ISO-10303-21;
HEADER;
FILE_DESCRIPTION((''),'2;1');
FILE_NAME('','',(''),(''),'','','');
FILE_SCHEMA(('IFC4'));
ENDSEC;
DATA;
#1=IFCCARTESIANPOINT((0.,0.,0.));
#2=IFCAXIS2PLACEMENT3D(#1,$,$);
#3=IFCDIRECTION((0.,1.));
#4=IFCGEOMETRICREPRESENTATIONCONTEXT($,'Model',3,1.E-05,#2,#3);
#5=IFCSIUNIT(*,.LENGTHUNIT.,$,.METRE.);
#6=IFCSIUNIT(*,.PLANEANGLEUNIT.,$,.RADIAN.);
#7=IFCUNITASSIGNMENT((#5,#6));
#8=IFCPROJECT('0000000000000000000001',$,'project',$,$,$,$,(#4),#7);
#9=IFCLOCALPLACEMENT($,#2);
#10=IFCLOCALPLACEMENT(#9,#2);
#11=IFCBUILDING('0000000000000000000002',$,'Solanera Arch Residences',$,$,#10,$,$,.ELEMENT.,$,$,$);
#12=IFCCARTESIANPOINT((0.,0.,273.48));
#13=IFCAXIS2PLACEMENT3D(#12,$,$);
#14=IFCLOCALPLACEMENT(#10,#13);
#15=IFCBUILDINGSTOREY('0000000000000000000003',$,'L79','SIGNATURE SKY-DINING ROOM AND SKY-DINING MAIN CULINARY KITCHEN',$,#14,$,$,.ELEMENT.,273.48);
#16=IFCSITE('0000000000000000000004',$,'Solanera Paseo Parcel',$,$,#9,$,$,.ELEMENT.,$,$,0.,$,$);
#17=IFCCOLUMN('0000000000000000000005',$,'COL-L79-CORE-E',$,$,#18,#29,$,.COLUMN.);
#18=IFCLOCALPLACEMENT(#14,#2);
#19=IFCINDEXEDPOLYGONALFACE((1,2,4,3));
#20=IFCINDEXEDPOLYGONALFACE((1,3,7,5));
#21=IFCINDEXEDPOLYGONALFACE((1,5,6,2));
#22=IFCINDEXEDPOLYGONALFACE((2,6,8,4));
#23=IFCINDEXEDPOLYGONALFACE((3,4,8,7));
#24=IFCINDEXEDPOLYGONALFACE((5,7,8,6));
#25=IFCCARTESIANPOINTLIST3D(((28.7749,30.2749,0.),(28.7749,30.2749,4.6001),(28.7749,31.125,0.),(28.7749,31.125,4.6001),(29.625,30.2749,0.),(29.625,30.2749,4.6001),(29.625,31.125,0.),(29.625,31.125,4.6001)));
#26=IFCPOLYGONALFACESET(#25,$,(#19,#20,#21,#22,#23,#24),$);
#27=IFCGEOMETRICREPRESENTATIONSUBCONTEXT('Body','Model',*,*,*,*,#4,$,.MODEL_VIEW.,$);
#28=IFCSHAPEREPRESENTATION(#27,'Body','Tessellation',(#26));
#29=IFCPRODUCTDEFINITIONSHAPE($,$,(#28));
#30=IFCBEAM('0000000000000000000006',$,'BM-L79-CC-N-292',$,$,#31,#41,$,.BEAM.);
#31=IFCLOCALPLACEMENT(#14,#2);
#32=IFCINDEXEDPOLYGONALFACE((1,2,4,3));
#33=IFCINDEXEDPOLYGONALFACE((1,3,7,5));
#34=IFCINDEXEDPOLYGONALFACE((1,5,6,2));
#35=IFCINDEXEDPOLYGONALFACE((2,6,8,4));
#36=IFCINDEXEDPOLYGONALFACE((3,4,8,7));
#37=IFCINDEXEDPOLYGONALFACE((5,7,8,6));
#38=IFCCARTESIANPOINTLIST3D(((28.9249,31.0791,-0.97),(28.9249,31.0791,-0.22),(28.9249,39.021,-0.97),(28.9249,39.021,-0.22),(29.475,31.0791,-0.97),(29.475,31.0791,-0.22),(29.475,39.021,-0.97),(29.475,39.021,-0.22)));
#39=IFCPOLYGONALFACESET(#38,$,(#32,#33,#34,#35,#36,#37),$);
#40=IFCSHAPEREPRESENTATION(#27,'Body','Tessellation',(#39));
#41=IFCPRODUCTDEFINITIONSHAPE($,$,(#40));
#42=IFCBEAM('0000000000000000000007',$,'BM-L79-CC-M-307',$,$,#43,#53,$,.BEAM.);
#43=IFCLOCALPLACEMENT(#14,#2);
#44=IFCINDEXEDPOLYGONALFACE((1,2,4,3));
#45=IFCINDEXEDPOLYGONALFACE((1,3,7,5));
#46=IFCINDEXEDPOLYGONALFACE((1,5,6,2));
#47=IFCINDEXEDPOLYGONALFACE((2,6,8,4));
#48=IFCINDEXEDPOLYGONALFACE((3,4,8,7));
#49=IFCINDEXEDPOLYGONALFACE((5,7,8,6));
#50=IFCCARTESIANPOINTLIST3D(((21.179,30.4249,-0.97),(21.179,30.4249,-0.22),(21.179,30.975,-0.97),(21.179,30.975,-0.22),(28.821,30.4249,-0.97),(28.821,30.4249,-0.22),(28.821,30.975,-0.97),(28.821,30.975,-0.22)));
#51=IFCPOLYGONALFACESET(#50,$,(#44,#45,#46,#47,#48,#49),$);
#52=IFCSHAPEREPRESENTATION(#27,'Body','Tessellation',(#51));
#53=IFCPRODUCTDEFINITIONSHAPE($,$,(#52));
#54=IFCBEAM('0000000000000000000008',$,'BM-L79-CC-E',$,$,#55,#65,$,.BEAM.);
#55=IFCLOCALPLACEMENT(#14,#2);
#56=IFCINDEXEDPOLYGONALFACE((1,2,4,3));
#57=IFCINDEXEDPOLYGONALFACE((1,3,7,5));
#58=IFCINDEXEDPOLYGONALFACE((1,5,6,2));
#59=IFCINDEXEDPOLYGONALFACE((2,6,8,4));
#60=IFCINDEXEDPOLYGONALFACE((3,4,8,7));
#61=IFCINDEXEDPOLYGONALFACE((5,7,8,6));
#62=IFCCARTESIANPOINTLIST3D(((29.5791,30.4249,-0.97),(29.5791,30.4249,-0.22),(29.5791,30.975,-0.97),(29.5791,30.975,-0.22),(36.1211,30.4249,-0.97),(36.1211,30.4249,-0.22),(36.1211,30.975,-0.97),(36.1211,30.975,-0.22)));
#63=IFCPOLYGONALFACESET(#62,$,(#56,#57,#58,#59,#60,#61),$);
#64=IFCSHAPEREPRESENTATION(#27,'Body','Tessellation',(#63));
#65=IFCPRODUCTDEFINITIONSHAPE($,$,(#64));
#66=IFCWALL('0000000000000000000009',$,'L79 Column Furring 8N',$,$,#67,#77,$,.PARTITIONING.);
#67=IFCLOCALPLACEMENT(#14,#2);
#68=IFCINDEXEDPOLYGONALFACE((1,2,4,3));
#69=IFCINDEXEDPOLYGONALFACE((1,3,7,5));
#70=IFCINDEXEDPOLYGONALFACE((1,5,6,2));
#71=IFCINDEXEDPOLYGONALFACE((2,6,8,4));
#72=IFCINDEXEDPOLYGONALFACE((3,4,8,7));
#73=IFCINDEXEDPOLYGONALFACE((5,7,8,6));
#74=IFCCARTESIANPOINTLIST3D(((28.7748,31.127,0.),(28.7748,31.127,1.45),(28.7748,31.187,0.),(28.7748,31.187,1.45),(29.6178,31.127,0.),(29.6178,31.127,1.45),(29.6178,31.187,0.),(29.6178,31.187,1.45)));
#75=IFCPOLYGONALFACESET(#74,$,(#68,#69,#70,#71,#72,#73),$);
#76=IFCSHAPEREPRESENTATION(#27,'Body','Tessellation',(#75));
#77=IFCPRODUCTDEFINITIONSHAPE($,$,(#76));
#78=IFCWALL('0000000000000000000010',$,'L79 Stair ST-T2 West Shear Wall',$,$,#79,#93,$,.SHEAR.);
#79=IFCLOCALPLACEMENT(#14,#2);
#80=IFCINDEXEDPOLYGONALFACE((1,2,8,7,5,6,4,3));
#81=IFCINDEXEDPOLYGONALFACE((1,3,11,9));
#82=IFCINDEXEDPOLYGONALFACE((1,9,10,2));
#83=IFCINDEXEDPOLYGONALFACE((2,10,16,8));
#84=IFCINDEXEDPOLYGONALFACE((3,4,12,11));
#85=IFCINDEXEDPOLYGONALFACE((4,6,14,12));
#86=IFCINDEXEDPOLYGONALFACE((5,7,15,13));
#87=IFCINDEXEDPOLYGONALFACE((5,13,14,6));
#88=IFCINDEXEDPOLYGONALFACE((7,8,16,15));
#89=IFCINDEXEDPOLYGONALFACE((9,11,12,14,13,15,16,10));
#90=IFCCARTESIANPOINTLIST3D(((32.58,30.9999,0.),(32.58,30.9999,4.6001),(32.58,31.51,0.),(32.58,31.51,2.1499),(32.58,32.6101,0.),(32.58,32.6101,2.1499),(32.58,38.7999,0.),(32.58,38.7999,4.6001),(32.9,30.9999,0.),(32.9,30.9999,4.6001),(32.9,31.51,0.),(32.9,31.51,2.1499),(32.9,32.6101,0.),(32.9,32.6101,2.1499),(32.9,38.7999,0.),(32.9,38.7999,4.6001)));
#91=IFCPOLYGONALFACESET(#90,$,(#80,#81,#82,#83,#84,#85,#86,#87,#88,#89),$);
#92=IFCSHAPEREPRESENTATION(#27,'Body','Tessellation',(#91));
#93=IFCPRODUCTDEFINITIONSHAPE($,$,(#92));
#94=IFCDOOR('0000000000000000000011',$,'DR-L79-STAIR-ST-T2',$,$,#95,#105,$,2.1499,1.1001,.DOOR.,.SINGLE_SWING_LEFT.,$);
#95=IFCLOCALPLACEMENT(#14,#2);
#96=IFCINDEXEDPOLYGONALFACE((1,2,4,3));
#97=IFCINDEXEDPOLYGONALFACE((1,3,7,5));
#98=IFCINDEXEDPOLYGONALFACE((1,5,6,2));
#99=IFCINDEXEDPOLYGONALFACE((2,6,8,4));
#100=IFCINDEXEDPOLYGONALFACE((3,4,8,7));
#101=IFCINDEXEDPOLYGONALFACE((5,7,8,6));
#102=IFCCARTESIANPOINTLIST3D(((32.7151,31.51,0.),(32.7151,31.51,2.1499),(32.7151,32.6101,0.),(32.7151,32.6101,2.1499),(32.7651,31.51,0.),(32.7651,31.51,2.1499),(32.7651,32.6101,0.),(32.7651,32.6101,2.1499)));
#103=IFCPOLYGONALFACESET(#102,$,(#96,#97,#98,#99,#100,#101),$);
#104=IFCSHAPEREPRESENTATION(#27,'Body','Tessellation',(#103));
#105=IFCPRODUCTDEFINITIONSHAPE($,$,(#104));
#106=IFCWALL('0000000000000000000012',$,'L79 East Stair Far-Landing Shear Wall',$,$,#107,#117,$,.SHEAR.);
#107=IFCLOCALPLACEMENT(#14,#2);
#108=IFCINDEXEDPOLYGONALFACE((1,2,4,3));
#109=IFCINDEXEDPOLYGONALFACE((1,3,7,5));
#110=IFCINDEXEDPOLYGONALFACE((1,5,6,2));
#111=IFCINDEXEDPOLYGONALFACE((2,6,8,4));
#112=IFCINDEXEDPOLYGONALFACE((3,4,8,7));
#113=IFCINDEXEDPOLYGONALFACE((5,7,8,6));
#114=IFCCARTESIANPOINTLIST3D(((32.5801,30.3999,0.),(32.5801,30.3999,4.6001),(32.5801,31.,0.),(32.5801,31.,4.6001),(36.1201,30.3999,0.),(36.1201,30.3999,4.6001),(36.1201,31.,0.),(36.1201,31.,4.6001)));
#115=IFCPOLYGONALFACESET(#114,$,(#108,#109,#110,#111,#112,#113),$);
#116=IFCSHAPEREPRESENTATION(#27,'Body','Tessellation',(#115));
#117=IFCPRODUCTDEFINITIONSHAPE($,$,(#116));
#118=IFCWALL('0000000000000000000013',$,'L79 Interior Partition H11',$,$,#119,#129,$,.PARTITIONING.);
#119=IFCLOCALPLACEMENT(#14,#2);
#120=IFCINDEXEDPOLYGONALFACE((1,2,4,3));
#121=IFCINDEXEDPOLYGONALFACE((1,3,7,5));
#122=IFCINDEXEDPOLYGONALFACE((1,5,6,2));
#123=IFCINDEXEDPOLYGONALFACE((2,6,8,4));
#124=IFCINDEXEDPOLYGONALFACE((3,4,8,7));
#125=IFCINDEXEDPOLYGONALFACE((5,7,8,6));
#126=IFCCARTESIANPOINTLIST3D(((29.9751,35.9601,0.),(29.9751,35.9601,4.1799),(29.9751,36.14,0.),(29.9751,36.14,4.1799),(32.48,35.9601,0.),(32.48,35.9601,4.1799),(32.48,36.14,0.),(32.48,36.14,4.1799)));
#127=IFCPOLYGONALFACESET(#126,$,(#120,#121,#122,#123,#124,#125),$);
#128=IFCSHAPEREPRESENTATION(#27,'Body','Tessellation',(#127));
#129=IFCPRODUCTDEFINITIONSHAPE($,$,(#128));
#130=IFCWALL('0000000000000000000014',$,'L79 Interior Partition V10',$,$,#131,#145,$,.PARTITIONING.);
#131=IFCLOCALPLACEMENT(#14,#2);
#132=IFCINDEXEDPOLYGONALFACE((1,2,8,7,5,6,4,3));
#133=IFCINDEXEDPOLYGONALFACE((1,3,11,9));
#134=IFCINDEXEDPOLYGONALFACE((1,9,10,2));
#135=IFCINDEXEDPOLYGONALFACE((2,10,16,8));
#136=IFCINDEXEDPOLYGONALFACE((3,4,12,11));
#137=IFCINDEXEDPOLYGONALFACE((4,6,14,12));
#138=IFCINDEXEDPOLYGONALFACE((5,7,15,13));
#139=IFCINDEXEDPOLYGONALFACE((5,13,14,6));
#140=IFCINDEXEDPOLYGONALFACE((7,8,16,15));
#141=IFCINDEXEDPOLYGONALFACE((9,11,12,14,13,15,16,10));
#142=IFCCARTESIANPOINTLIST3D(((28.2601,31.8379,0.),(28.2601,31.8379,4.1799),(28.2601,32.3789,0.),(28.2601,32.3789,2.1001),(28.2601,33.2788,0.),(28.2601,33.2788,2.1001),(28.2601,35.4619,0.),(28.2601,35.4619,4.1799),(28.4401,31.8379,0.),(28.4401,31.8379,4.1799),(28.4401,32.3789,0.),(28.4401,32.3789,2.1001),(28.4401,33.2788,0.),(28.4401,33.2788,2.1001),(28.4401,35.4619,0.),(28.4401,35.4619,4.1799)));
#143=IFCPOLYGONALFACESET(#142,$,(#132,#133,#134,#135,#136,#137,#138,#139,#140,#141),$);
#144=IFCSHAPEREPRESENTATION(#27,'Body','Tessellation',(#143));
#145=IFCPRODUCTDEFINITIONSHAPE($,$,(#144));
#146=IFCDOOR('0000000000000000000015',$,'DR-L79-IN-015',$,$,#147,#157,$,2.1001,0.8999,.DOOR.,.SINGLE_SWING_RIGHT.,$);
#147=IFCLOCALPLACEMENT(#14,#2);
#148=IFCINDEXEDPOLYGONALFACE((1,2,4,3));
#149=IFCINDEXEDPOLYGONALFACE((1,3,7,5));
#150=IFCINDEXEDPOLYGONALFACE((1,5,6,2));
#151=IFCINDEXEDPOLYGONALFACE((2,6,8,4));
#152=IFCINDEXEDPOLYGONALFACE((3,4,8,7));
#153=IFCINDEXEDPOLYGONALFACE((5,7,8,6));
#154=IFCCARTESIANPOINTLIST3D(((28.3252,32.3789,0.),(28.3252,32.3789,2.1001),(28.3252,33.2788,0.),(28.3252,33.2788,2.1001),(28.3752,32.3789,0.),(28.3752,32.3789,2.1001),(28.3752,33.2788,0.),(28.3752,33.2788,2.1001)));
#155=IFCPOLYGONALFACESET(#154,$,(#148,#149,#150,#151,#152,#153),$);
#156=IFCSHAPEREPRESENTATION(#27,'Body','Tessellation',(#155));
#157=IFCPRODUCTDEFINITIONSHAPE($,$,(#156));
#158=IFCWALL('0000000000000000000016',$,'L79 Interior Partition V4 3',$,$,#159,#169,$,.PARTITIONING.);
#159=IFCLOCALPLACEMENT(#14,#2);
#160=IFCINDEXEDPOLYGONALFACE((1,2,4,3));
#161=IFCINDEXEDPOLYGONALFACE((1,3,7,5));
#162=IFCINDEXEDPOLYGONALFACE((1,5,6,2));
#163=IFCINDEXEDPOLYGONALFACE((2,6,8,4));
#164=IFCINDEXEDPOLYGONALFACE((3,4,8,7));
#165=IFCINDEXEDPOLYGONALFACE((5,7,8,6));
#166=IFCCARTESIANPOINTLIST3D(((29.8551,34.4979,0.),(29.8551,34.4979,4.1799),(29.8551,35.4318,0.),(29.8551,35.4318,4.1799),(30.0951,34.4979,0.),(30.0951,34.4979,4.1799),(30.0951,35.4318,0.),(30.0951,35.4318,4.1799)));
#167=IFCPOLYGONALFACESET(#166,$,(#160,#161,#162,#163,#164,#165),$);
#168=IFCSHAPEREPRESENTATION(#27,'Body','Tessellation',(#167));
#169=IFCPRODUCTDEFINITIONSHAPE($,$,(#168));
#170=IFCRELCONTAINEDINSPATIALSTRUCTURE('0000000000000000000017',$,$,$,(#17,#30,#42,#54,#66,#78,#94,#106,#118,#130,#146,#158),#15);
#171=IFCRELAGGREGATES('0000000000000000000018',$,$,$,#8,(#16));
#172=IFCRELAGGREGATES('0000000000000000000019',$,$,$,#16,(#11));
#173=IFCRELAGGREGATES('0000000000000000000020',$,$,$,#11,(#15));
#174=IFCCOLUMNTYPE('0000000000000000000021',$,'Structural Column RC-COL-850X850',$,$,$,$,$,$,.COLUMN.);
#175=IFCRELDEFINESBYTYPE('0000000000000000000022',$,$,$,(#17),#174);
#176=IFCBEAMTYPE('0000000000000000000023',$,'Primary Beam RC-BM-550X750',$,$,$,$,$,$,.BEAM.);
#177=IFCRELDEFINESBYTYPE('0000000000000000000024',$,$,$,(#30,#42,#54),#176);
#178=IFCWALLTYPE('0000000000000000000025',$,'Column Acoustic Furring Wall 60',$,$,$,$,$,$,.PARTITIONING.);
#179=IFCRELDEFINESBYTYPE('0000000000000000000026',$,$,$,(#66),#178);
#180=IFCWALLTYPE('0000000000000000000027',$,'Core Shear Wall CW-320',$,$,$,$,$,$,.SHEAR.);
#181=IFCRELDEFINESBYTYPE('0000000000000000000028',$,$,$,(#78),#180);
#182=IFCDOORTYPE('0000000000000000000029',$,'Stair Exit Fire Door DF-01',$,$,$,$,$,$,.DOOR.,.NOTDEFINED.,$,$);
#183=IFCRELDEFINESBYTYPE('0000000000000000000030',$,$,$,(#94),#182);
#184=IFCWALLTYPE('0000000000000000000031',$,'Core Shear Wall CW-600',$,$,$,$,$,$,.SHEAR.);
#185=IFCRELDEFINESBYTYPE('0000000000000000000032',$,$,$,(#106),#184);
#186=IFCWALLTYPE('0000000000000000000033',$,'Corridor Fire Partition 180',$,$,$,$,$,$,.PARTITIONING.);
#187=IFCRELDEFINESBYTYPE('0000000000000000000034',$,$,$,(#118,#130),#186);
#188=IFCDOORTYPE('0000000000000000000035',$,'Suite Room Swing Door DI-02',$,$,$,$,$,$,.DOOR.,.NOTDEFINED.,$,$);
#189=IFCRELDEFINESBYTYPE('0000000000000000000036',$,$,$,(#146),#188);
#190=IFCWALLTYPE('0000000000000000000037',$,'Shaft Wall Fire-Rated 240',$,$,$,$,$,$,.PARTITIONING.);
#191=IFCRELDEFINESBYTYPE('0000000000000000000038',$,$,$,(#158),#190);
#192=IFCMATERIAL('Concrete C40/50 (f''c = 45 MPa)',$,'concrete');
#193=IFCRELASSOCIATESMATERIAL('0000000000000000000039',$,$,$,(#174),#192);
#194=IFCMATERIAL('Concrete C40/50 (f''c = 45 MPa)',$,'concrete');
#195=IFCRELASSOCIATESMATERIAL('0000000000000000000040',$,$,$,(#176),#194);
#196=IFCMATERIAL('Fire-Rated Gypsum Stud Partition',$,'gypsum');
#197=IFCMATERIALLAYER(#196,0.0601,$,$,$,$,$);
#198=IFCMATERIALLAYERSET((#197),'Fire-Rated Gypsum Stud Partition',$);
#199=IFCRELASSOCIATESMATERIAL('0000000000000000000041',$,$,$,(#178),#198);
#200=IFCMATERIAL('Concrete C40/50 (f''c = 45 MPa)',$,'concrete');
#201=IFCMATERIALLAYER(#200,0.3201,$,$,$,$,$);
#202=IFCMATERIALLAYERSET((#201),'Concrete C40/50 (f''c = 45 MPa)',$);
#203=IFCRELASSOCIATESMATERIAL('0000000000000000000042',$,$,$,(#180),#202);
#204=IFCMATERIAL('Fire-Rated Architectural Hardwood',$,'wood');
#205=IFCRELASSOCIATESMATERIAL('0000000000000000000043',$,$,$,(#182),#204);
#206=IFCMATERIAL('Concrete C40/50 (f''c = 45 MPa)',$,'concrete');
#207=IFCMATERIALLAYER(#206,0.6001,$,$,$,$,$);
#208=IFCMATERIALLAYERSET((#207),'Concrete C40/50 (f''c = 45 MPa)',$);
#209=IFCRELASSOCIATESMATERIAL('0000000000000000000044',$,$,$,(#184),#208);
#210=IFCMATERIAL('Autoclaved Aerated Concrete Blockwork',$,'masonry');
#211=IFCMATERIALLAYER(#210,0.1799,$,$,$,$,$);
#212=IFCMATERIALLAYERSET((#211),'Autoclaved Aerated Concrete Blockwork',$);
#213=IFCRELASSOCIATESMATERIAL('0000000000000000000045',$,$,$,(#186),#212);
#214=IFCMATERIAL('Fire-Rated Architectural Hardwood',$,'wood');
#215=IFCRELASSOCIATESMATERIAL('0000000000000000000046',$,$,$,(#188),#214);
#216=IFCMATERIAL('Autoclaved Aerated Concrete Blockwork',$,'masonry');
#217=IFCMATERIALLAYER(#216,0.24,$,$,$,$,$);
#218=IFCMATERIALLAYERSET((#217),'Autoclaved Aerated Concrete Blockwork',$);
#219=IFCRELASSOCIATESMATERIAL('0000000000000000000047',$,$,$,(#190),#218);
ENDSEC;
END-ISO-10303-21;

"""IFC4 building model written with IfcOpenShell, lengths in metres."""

from ifc_helpers import new_model, si_unit, direction, frame, frame_2d, origin, origin_2d, place, context, subcontext, project, spatial, rectangle, extrude, material, layer, layer_set, material_profile, profile_set, type_object, element, fill, save


model = new_model("IFC4")

# Units and contexts
model_context = context("Model", 3, precision=1e-05, world=origin(), true_north=direction((0.0, 1.0)))
body_context = subcontext(model_context, "Body", "Model", "MODEL_VIEW")
ifc_project = project(units=[si_unit("LENGTHUNIT", "METRE"), si_unit("PLANEANGLEUNIT", "RADIAN")], contexts=[model_context])

# Site, building, storey
site_placement = place(None, origin())
site = spatial("IfcSite", under=ifc_project, at=site_placement, Name="Solanera Paseo Parcel", CompositionType="ELEMENT", RefElevation=0.0)
building_placement = place(site_placement, origin())
building = spatial("IfcBuilding", under=site, at=building_placement, Name="Solanera Arch Residences", CompositionType="ELEMENT")
storey_placement = place(building_placement, frame((0.0, 0.0, 273.48)))
storey = spatial("IfcBuildingStorey", under=building, at=storey_placement, Name="L79", Description="SIGNATURE SKY-DINING ROOM AND SKY-DINING MAIN CULINARY KITCHEN", CompositionType="ELEMENT", Elevation=273.48)

# Column
ifc_material_1 = material(Name="Concrete C40/50 (f'c = 45 MPa)", Category="concrete")
ifc_material_profile_1 = material_profile(ifc_material_1, rectangle(XDim=0.8501, YDim=0.8501, at=origin_2d()))
ifc_profile_set_1 = profile_set([ifc_material_profile_1], Name="Concrete C40/50 (f'c = 45 MPa)")
column_type = type_object("IfcColumnType", Name="Structural Column RC-COL-850X850", PredefinedType="COLUMN", material=ifc_profile_set_1)
column_placement = place(storey_placement, frame((29.2, 30.7, 0.0), z_axis=(0.0, 0.0, 1.0), x_axis=(1.0, 0.0, 0.0)))
element("IfcColumn", 1, at=column_placement, inside=storey, type_object=column_type, Name="COL-L79-CORE-E", PredefinedType="COLUMN", context=body_context, shape_type="SweptSolid", body=[
    extrude(rectangle(XDim=0.8501, YDim=0.8501, at=origin_2d()), origin(), (0.0, 0.0, 1.0), 4.6001),
])

# Beams
ifc_material_2 = material(Name="Concrete C40/50 (f'c = 45 MPa)", Category="concrete")
ifc_material_profile_2 = material_profile(ifc_material_2, rectangle(XDim=0.55, YDim=0.75, at=origin_2d()))
ifc_profile_set_2 = profile_set([ifc_material_profile_2], Name="Concrete C40/50 (f'c = 45 MPa)")
beam_type = type_object("IfcBeamType", Name="Primary Beam RC-BM-550X750", PredefinedType="BEAM", material=ifc_profile_set_2)
beam_1_placement = place(storey_placement, frame((29.2, 31.0791, -0.595), z_axis=(0.0, 1.0, 0.0), x_axis=(-1.0, 0.0, 0.0)))
element("IfcBeam", 2, at=beam_1_placement, inside=storey, type_object=beam_type, Name="BM-L79-CC-N-292", PredefinedType="BEAM", context=body_context, shape_type="SweptSolid", body=[
    extrude(rectangle(XDim=0.55, YDim=0.75, at=origin_2d()), origin(), (0.0, 0.0, 1.0), 7.9419),
])
beam_2_placement = place(storey_placement, frame((21.179, 30.7, -0.595), z_axis=(1.0, 0.0, 0.0), x_axis=(0.0, 1.0, 0.0)))
element("IfcBeam", 3, at=beam_2_placement, inside=storey, type_object=beam_type, Name="BM-L79-CC-M-307", PredefinedType="BEAM", context=body_context, shape_type="SweptSolid", body=[
    extrude(rectangle(XDim=0.55, YDim=0.75, at=origin_2d()), origin(), (0.0, 0.0, 1.0), 7.6421),
])
beam_3_placement = place(storey_placement, frame((29.5791, 30.7, -0.595), z_axis=(1.0, 0.0, 0.0), x_axis=(0.0, 1.0, 0.0)))
element("IfcBeam", 4, at=beam_3_placement, inside=storey, type_object=beam_type, Name="BM-L79-CC-E", PredefinedType="BEAM", context=body_context, shape_type="SweptSolid", body=[
    extrude(rectangle(XDim=0.55, YDim=0.75, at=origin_2d()), origin(), (0.0, 0.0, 1.0), 6.542),
])

# Wall
ifc_material_3 = material(Name="Fire-Rated Gypsum Stud Partition", Category="gypsum")
ifc_layer_1 = layer(ifc_material_3, 0.0601)
ifc_layer_set_1 = layer_set([ifc_layer_1], Name="Fire-Rated Gypsum Stud Partition")
wall_type_1 = type_object("IfcWallType", Name="Column Acoustic Furring Wall 60", PredefinedType="PARTITIONING", material=ifc_layer_set_1)
wall_1_placement = place(storey_placement, frame((28.7749, 31.157, 0.0), z_axis=(0.0, 0.0, 1.0), x_axis=(1.0, 0.0, 0.0)))
element("IfcWall", 5, at=wall_1_placement, inside=storey, type_object=wall_type_1, Name="L79 Column Furring 8N", PredefinedType="PARTITIONING", context=body_context, shape_type="SweptSolid", body=[
    extrude(rectangle(XDim=0.843, YDim=0.0601, at=frame_2d((0.4214, 0.0))), origin(), (0.0, 0.0, 1.0), 1.45),
])

# Wall, opening, door
ifc_material_4 = material(Name="Concrete C40/50 (f'c = 45 MPa)", Category="concrete")
ifc_layer_2 = layer(ifc_material_4, 0.3201)
ifc_layer_set_2 = layer_set([ifc_layer_2], Name="Concrete C40/50 (f'c = 45 MPa)")
wall_type_2 = type_object("IfcWallType", Name="Core Shear Wall CW-320", PredefinedType="SHEAR", material=ifc_layer_set_2)
wall_2_placement = place(storey_placement, frame((32.74, 31.0, 0.0), z_axis=(0.0, 0.0, 1.0), x_axis=(0.0, 1.0, 0.0)))
wall_2 = element("IfcWall", 6, at=wall_2_placement, inside=storey, type_object=wall_type_2, Name="L79 Stair ST-T2 West Shear Wall", PredefinedType="SHEAR", context=body_context, shape_type="SweptSolid", body=[
    extrude(rectangle(XDim=7.8, YDim=0.3201, at=frame_2d((3.8999, 0.0))), origin(), (0.0, 0.0, 1.0), 4.6001),
])
opening_1_placement = place(wall_2_placement, frame((0.51, 0.0, 0.0)))
opening_1 = element("IfcOpeningElement", 7, at=opening_1_placement, cuts=wall_2, PredefinedType="OPENING", context=body_context, shape_type="SweptSolid", body=[
    extrude(rectangle(XDim=1.1001, YDim=2.1499, at=frame_2d((0.55, 1.075))), frame((0.0, 0.1699, 0.0), z_axis=(0.0, -1.0, 0.0), x_axis=(1.0, 0.0, 0.0)), (0.0, 0.0, 1.0), 0.3401),
])
ifc_material_5 = material(Name="Fire-Rated Architectural Hardwood", Category="wood")
door_type_1 = type_object("IfcDoorType", Name="Stair Exit Fire Door DF-01", OperationType="NOTDEFINED", PredefinedType="DOOR", material=ifc_material_5)
door_1_placement = place(opening_1_placement, origin())
door_1 = element("IfcDoor", 8, at=door_1_placement, inside=storey, type_object=door_type_1, Name="DR-L79-STAIR-ST-T2", OperationType="SINGLE_SWING_LEFT", OverallHeight=2.1499, OverallWidth=1.1001, PredefinedType="DOOR", context=body_context, shape_type="SweptSolid", body=[
    extrude(rectangle(XDim=1.1001, YDim=2.1499, at=frame_2d((0.55, 1.075))), frame((0.0, 0.0249, 0.0), z_axis=(0.0, -1.0, 0.0), x_axis=(1.0, 0.0, 0.0)), (0.0, 0.0, 1.0), 0.05),
])
fill(opening_1, door_1)

# Walls
ifc_material_6 = material(Name="Concrete C40/50 (f'c = 45 MPa)", Category="concrete")
ifc_layer_3 = layer(ifc_material_6, 0.6001)
ifc_layer_set_3 = layer_set([ifc_layer_3], Name="Concrete C40/50 (f'c = 45 MPa)")
wall_type_3 = type_object("IfcWallType", Name="Core Shear Wall CW-600", PredefinedType="SHEAR", material=ifc_layer_set_3)
wall_3_placement = place(storey_placement, frame((32.5801, 30.7, 0.0), z_axis=(0.0, 0.0, 1.0), x_axis=(1.0, 0.0, 0.0)))
element("IfcWall", 9, at=wall_3_placement, inside=storey, type_object=wall_type_3, Name="L79 East Stair Far-Landing Shear Wall", PredefinedType="SHEAR", context=body_context, shape_type="SweptSolid", body=[
    extrude(rectangle(XDim=3.54, YDim=0.6001, at=frame_2d((1.77, 0.0))), origin(), (0.0, 0.0, 1.0), 4.6001),
])
ifc_material_7 = material(Name="Autoclaved Aerated Concrete Blockwork", Category="masonry")
ifc_layer_4 = layer(ifc_material_7, 0.1799)
ifc_layer_set_4 = layer_set([ifc_layer_4], Name="Autoclaved Aerated Concrete Blockwork")
wall_type_4 = type_object("IfcWallType", Name="Corridor Fire Partition 180", PredefinedType="PARTITIONING", material=ifc_layer_set_4)
wall_4_placement = place(storey_placement, frame((29.9751, 36.05, 0.0), z_axis=(0.0, 0.0, 1.0), x_axis=(1.0, 0.0, 0.0)))
element("IfcWall", 10, at=wall_4_placement, inside=storey, type_object=wall_type_4, Name="L79 Interior Partition H11", PredefinedType="PARTITIONING", context=body_context, shape_type="SweptSolid", body=[
    extrude(rectangle(XDim=2.5049, YDim=0.1799, at=frame_2d((1.2524, 0.0))), origin(), (0.0, 0.0, 1.0), 4.1799),
])

# Wall, opening, door
wall_5_placement = place(storey_placement, frame((28.3501, 31.8379, 0.0), z_axis=(0.0, 0.0, 1.0), x_axis=(0.0, 1.0, 0.0)))
wall_5 = element("IfcWall", 11, at=wall_5_placement, inside=storey, type_object=wall_type_4, Name="L79 Interior Partition V10", PredefinedType="PARTITIONING", context=body_context, shape_type="SweptSolid", body=[
    extrude(rectangle(XDim=3.624, YDim=0.1799, at=frame_2d((1.812, 0.0))), origin(), (0.0, 0.0, 1.0), 4.1799),
])
opening_2_placement = place(wall_5_placement, frame((0.541, 0.0, 0.0)))
opening_2 = element("IfcOpeningElement", 12, at=opening_2_placement, cuts=wall_5, PredefinedType="OPENING", context=body_context, shape_type="SweptSolid", body=[
    extrude(rectangle(XDim=0.8999, YDim=2.1001, at=frame_2d((0.45, 1.05))), frame((0.0, 0.1001, 0.0), z_axis=(0.0, -1.0, 0.0), x_axis=(1.0, 0.0, 0.0)), (0.0, 0.0, 1.0), 0.1999),
])
ifc_material_8 = material(Name="Fire-Rated Architectural Hardwood", Category="wood")
door_type_2 = type_object("IfcDoorType", Name="Suite Room Swing Door DI-02", OperationType="NOTDEFINED", PredefinedType="DOOR", material=ifc_material_8)
door_2_placement = place(opening_2_placement, origin())
door_2 = element("IfcDoor", 13, at=door_2_placement, inside=storey, type_object=door_type_2, Name="DR-L79-IN-015", OperationType="SINGLE_SWING_RIGHT", OverallHeight=2.1001, OverallWidth=0.8999, PredefinedType="DOOR", context=body_context, shape_type="SweptSolid", body=[
    extrude(rectangle(XDim=0.8999, YDim=2.1001, at=frame_2d((0.45, 1.05))), frame((0.0, 0.0249, 0.0), z_axis=(0.0, -1.0, 0.0), x_axis=(1.0, 0.0, 0.0)), (0.0, 0.0, 1.0), 0.05),
])
fill(opening_2, door_2)
ifc_material_9 = material(Name="Autoclaved Aerated Concrete Blockwork", Category="masonry")
ifc_layer_5 = layer(ifc_material_9, 0.24)
ifc_layer_set_5 = layer_set([ifc_layer_5], Name="Autoclaved Aerated Concrete Blockwork")
wall_type_5 = type_object("IfcWallType", Name="Shaft Wall Fire-Rated 240", PredefinedType="PARTITIONING", material=ifc_layer_set_5)

# Wall
wall_6_placement = place(storey_placement, frame((29.9751, 34.498, 0.0), z_axis=(0.0, 0.0, 1.0), x_axis=(0.0, 1.0, 0.0)))
element("IfcWall", 14, at=wall_6_placement, inside=storey, type_object=wall_type_5, Name="L79 Interior Partition V4 3", PredefinedType="PARTITIONING", context=body_context, shape_type="SweptSolid", body=[
    extrude(rectangle(XDim=0.9338, YDim=0.24, at=frame_2d((0.4668, 0.0))), origin(), (0.0, 0.0, 1.0), 4.1799),
])

save(model, "model.ifc")
